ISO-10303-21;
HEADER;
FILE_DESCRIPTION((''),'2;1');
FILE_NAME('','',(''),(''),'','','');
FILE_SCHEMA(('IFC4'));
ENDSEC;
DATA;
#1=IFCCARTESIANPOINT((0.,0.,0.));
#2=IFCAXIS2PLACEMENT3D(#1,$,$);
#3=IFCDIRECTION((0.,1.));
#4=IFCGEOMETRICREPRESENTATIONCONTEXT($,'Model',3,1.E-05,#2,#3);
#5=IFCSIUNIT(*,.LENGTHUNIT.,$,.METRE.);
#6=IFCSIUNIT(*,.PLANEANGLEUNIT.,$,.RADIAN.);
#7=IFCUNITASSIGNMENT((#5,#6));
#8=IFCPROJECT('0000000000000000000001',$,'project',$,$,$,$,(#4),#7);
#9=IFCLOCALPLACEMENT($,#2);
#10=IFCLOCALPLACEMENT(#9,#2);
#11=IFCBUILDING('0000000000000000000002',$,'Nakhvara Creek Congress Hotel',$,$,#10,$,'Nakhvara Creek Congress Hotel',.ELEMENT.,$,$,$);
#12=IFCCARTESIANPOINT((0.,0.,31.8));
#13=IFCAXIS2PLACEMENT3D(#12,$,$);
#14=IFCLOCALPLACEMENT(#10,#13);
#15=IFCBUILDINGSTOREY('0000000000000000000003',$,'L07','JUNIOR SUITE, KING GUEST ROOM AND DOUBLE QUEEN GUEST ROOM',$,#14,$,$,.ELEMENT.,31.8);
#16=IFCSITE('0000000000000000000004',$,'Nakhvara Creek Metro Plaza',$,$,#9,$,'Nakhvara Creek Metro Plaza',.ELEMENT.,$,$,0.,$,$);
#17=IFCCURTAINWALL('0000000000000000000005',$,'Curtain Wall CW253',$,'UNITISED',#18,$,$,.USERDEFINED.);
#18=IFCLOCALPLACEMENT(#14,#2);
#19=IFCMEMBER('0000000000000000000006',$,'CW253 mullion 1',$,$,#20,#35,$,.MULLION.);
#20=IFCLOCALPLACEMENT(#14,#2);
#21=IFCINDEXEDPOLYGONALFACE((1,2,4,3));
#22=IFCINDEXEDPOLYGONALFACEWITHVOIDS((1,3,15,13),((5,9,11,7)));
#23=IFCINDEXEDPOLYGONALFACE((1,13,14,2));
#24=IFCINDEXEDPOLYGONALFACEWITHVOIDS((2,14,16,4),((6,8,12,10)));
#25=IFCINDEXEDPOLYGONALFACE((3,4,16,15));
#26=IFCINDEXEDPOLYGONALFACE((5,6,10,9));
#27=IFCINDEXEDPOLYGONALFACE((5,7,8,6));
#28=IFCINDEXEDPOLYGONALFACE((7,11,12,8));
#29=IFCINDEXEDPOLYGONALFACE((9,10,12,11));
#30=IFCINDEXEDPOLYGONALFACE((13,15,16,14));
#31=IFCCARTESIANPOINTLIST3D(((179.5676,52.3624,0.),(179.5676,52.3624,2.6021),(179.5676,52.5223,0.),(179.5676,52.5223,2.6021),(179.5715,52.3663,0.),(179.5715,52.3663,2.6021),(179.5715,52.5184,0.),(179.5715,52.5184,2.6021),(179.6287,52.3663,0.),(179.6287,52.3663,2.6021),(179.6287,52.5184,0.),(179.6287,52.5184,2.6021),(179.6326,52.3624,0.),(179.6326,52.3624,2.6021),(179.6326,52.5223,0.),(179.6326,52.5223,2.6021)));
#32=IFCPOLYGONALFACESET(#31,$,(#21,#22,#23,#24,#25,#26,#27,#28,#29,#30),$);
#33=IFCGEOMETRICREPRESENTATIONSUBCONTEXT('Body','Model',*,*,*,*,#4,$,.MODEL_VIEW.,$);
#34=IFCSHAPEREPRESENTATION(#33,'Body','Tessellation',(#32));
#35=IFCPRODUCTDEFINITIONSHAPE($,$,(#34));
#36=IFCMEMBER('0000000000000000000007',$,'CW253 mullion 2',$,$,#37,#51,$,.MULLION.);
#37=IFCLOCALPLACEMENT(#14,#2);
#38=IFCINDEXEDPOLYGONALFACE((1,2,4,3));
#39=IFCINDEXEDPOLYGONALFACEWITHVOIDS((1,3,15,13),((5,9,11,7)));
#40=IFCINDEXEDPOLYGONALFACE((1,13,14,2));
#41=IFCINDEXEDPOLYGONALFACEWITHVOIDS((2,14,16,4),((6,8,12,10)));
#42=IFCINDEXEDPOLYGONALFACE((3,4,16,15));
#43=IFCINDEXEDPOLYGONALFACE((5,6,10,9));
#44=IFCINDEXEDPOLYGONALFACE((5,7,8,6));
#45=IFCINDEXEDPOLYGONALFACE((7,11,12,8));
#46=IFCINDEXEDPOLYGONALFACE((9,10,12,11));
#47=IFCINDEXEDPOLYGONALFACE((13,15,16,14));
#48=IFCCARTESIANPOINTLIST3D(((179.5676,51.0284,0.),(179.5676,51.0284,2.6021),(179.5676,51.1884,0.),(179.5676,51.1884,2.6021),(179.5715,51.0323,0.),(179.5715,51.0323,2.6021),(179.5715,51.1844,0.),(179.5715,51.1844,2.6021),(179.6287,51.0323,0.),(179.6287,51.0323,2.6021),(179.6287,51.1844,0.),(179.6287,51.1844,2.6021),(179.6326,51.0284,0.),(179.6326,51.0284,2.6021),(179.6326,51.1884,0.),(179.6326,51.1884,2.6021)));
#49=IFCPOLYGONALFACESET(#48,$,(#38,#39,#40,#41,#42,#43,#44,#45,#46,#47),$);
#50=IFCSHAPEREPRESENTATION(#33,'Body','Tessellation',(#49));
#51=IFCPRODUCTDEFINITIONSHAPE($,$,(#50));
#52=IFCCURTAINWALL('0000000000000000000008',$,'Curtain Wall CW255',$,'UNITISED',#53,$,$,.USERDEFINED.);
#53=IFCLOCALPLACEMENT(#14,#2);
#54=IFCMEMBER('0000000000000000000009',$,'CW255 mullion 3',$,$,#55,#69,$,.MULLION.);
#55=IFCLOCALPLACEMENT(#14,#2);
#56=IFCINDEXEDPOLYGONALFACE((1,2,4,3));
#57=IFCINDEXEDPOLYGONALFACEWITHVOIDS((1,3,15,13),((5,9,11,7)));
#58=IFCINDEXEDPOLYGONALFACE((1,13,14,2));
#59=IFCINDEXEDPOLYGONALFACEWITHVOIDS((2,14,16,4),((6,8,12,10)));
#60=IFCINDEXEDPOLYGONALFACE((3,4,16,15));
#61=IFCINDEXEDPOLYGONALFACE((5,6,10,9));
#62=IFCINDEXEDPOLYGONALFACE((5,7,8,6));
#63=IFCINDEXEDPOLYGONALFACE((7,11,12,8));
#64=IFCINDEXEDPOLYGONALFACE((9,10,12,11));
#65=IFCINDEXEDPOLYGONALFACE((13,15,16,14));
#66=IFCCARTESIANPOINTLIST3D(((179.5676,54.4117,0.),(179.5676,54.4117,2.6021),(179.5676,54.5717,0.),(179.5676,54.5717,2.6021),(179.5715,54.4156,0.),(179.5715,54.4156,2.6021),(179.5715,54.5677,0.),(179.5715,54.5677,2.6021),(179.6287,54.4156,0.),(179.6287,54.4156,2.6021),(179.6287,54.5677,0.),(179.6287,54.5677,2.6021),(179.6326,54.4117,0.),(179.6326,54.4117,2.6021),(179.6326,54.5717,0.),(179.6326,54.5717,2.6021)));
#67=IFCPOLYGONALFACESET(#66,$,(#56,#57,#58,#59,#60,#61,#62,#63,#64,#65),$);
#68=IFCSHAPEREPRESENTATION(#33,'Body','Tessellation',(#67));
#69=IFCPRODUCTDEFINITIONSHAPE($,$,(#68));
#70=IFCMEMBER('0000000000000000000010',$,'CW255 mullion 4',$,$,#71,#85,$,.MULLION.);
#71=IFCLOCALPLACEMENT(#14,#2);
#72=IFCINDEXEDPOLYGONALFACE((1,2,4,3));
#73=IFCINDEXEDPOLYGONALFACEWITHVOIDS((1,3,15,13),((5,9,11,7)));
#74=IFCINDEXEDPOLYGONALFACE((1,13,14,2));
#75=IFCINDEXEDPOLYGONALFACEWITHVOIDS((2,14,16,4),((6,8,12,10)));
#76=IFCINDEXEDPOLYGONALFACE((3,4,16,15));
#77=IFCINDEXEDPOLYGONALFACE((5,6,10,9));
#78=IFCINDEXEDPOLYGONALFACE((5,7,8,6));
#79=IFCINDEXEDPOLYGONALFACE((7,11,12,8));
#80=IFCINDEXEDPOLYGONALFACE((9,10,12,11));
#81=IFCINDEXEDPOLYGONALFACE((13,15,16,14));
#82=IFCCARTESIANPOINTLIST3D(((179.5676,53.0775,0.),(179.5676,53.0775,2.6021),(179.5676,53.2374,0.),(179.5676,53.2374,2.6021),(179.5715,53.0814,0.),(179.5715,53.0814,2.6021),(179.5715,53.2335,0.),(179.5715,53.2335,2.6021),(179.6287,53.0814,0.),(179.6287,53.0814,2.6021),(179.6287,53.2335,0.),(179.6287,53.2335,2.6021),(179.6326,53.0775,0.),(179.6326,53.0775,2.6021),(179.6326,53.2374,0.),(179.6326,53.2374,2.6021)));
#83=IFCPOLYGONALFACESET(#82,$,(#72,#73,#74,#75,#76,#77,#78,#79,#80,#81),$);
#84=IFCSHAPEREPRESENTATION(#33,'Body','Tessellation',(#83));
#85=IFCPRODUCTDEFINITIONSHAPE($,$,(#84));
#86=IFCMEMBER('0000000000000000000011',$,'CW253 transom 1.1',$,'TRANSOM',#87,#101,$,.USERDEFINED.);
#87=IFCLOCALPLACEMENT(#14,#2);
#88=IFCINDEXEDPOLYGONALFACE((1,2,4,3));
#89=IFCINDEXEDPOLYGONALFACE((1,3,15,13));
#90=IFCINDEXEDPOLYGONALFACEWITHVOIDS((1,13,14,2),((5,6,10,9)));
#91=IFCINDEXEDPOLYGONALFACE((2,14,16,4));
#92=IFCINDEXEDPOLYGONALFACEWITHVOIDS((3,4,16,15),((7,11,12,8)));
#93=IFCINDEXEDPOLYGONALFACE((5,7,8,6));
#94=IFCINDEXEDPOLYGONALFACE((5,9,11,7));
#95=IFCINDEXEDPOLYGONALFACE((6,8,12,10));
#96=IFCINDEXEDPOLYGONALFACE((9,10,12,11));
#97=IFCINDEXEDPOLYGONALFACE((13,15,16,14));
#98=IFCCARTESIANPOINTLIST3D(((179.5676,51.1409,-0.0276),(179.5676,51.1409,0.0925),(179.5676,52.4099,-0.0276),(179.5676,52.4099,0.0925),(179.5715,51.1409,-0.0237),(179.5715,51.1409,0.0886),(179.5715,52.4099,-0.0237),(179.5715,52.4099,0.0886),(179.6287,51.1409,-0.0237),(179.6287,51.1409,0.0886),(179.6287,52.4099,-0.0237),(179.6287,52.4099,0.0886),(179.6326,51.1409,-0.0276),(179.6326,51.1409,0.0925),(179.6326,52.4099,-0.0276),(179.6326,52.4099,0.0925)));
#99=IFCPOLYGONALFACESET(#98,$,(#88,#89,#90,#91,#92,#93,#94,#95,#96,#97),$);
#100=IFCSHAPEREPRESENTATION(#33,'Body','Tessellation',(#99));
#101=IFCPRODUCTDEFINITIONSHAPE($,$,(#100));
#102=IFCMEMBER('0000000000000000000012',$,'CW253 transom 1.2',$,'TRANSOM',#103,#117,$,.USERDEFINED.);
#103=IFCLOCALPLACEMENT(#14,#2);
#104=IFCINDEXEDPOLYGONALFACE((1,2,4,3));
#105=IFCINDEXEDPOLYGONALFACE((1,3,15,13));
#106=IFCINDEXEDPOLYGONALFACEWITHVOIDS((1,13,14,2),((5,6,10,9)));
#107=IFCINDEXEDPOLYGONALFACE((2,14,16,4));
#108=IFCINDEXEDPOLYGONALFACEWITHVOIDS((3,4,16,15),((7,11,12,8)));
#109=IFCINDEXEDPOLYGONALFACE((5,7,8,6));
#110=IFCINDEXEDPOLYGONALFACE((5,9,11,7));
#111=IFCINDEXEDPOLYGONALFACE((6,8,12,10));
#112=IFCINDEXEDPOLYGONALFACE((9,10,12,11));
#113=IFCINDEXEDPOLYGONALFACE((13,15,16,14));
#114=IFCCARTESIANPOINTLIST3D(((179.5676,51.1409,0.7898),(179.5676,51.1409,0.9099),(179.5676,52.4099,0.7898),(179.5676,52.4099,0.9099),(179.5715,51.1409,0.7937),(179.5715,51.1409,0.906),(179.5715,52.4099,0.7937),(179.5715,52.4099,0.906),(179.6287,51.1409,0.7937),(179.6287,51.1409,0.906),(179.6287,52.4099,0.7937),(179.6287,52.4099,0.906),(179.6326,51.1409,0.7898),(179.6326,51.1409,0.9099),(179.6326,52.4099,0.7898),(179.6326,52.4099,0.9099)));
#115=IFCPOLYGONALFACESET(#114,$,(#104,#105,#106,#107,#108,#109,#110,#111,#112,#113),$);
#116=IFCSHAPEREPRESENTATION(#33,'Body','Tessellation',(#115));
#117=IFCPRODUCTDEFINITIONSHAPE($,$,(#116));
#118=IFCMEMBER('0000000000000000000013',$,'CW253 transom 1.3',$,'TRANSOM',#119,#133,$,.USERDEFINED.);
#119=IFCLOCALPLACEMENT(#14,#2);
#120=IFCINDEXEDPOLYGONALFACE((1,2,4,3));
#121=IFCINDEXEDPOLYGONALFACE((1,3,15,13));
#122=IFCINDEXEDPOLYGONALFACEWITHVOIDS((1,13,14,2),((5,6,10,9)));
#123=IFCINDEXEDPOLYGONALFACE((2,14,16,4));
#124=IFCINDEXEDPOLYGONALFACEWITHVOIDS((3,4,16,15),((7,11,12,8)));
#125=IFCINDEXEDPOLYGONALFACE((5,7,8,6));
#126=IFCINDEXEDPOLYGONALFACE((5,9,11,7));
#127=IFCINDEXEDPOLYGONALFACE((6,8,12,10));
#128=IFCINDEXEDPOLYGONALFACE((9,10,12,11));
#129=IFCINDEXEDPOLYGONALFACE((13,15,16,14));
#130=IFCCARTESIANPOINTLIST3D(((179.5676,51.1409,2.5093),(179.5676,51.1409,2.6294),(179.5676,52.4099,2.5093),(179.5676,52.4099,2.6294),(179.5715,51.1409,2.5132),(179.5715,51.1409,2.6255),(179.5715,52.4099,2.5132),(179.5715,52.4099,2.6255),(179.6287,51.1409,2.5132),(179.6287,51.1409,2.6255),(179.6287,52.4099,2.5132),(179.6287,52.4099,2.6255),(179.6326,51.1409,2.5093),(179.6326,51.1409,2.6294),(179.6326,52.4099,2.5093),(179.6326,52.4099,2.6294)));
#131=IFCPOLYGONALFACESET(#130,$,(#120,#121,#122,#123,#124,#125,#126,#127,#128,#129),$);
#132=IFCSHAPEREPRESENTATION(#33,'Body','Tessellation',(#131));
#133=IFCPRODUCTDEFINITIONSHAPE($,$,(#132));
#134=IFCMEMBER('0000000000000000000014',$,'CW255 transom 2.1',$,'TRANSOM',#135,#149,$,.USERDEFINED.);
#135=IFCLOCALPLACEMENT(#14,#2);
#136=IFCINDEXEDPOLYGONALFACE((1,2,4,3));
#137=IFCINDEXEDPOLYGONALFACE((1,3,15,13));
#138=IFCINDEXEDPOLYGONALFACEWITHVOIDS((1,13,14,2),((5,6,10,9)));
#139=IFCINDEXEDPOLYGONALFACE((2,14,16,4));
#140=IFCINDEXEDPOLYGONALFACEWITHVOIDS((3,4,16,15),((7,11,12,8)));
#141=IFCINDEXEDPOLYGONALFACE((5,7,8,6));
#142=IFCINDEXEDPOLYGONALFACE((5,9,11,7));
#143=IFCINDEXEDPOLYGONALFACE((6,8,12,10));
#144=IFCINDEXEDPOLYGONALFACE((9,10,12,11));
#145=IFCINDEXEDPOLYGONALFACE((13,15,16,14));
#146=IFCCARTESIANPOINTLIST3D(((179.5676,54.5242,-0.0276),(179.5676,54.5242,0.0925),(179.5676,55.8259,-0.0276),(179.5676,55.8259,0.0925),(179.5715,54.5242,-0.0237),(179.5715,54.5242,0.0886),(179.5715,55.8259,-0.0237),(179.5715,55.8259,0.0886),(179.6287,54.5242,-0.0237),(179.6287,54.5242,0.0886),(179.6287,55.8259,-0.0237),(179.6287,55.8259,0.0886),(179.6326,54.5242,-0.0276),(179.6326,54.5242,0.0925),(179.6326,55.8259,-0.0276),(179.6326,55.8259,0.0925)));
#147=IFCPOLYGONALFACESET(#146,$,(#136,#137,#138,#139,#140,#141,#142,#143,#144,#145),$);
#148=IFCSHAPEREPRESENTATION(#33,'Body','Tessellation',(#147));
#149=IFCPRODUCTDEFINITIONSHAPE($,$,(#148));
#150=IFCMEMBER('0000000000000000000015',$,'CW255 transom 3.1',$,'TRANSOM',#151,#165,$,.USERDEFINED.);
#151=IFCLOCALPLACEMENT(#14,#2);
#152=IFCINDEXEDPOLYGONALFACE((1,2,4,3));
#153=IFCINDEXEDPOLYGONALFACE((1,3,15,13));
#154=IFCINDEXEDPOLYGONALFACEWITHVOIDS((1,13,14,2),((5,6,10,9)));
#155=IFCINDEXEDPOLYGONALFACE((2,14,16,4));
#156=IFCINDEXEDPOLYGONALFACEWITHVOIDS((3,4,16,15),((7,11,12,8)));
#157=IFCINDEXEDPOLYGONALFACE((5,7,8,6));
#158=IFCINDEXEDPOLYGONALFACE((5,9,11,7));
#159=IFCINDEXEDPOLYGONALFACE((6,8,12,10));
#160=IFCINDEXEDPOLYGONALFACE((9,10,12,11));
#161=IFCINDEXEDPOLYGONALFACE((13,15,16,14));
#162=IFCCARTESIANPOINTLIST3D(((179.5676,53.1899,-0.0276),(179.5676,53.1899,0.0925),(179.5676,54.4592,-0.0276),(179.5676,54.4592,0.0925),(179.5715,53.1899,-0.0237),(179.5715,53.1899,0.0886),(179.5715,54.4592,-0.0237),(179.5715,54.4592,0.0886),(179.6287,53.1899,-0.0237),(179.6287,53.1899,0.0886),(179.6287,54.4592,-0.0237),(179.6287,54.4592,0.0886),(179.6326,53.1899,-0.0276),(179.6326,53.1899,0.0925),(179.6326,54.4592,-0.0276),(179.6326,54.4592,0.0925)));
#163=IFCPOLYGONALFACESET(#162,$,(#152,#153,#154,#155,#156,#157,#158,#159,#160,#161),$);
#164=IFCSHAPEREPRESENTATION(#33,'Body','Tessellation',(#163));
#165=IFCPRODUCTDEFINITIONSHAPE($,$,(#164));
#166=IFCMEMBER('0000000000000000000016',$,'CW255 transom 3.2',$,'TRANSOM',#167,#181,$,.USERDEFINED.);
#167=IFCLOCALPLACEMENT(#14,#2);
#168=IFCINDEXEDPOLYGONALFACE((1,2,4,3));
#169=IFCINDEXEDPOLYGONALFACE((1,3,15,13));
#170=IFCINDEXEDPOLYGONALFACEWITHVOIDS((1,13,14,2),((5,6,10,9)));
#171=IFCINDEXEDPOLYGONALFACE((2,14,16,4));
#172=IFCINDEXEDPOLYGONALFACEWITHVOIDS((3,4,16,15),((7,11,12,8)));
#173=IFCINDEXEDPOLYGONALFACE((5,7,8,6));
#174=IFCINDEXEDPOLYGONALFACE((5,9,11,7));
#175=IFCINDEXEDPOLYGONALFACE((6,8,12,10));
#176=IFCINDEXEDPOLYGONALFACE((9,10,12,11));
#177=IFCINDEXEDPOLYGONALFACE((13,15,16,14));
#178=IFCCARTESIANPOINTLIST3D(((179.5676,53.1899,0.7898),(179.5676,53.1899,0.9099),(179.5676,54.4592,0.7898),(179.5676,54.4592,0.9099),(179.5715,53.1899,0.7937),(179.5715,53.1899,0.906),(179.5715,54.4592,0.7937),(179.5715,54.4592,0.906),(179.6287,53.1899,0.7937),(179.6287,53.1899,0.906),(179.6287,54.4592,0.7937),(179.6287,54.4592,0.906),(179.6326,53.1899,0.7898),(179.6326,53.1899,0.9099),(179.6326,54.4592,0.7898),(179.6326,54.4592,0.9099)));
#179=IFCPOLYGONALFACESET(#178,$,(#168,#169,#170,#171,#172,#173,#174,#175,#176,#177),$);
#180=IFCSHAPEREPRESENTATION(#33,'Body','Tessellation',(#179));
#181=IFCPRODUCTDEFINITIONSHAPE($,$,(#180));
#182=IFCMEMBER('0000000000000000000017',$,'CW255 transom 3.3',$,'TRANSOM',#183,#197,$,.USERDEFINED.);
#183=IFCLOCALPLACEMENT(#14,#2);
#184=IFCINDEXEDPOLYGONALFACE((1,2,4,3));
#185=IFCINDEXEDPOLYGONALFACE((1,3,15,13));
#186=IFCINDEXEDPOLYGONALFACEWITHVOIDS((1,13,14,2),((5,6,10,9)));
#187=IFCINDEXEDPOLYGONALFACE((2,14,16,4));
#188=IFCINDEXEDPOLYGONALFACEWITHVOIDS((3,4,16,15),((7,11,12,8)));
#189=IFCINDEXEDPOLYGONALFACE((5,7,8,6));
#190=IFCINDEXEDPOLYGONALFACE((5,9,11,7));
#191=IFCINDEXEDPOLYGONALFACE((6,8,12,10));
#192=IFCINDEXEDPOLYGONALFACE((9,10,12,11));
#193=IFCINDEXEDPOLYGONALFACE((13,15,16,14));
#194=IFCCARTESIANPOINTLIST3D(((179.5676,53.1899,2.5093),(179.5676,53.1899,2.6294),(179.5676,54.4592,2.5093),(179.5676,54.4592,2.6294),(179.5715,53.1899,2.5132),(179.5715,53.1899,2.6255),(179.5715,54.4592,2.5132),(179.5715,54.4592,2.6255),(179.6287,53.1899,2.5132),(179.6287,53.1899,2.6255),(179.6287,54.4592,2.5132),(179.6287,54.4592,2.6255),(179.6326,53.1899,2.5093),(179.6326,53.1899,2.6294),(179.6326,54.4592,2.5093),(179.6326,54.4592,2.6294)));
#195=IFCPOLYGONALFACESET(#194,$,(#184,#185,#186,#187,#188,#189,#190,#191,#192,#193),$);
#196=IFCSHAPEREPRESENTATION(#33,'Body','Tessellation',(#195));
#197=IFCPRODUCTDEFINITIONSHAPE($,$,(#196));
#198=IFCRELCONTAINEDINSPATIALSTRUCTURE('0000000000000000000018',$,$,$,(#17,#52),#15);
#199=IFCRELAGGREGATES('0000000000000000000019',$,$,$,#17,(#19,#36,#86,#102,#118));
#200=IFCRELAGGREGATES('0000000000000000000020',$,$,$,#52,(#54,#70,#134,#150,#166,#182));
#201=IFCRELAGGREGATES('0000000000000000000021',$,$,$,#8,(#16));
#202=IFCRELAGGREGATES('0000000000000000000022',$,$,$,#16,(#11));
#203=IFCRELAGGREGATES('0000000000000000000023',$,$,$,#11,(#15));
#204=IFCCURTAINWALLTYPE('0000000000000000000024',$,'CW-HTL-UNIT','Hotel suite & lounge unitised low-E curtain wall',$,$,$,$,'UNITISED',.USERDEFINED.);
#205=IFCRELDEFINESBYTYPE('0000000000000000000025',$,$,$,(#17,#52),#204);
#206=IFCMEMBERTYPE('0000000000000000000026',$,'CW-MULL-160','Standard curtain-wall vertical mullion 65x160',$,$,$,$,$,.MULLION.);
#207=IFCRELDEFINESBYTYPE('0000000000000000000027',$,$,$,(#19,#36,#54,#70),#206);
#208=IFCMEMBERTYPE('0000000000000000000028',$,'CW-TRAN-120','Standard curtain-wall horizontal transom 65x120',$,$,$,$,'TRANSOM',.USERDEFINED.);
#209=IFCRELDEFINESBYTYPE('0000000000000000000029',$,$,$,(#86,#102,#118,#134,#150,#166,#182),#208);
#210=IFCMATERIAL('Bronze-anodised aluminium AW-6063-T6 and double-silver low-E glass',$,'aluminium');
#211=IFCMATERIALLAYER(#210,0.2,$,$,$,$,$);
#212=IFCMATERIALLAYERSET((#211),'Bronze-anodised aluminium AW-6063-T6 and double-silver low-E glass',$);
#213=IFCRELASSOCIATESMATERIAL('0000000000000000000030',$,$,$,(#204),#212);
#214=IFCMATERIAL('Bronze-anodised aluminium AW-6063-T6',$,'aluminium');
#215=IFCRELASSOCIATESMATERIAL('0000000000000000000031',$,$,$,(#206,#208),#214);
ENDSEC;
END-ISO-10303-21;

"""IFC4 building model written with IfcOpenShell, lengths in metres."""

from ifc_helpers import new_model, si_unit, direction, frame, origin, origin_2d, place, context, subcontext, project, spatial, hollow_rectangle, extrude, material, layer, layer_set, material_profile, profile_set, type_object, element, aggregate, save


model = new_model("IFC4")

# Units and contexts
model_context = context("Model", 3, precision=1e-05, world=origin(), true_north=direction((0.0, 1.0)))
body_context = subcontext(model_context, "Body", "Model", "MODEL_VIEW")
ifc_project = project(units=[si_unit("LENGTHUNIT", "METRE"), si_unit("PLANEANGLEUNIT", "RADIAN")], contexts=[model_context])

# Site, building, storey
site_placement = place(None, origin())
site = spatial("IfcSite", under=ifc_project, at=site_placement, Name="Nakhvara Creek Metro Plaza", LongName="Nakhvara Creek Metro Plaza", CompositionType="ELEMENT", RefElevation=0.0)
building_placement = place(site_placement, origin())
building = spatial("IfcBuilding", under=site, at=building_placement, Name="Nakhvara Creek Congress Hotel", LongName="Nakhvara Creek Congress Hotel", CompositionType="ELEMENT")
storey_placement = place(building_placement, frame((0.0, 0.0, 31.8)))
storey = spatial("IfcBuildingStorey", under=building, at=storey_placement, Name="L07", Description="JUNIOR SUITE, KING GUEST ROOM AND DOUBLE QUEEN GUEST ROOM", CompositionType="ELEMENT", Elevation=31.8)

# Curtain walls, members
ifc_material_1 = material(Name="Bronze-anodised aluminium AW-6063-T6 and double-silver low-E glass", Category="aluminium")
ifc_layer_1 = layer(ifc_material_1, 0.2)
ifc_layer_set_1 = layer_set([ifc_layer_1], Name="Bronze-anodised aluminium AW-6063-T6 and double-silver low-E glass")
curtain_wall_type = type_object("IfcCurtainWallType", Name="CW-HTL-UNIT", Description="Hotel suite & lounge unitised low-E curtain wall", ElementType="UNITISED", PredefinedType="USERDEFINED", material=ifc_layer_set_1)
curtain_wall_1_placement = place(storey_placement, origin())
curtain_wall_1 = element("IfcCurtainWall", 1, at=curtain_wall_1_placement, inside=storey, type_object=curtain_wall_type, Name="Curtain Wall CW253", ObjectType="UNITISED", PredefinedType="USERDEFINED")
ifc_material_2 = material(Name="Bronze-anodised aluminium AW-6063-T6", Category="aluminium")
ifc_material_profile_1 = material_profile(ifc_material_2, hollow_rectangle(XDim=0.0649, YDim=0.1599, WallThickness=0.0039, at=origin_2d()), Name="ALU-MULL 65x160x4", Category="LoadBearing")
ifc_profile_set_1 = profile_set([ifc_material_profile_1], Name="Bronze-anodised aluminium AW-6063-T6")
member_type_1 = type_object("IfcMemberType", Name="CW-MULL-160", Description="Standard curtain-wall vertical mullion 65x160", PredefinedType="MULLION", material=ifc_profile_set_1)
member_1_placement = place(storey_placement, frame((179.6001, 52.4424, 0.0), z_axis=(0.0, 0.0, 1.0), x_axis=(1.0, 0.0, 0.0)))
member_1 = element("IfcMember", 2, at=member_1_placement, type_object=member_type_1, Name="CW253 mullion 1", PredefinedType="MULLION", context=body_context, shape_type="SweptSolid", body=[
    extrude(hollow_rectangle(XDim=0.0649, YDim=0.1599, WallThickness=0.0039, at=origin_2d()), origin(), (0.0, 0.0, 1.0), 2.6021),
])
member_2_placement = place(storey_placement, frame((179.6001, 51.1084, 0.0), z_axis=(0.0, 0.0, 1.0), x_axis=(1.0, 0.0, 0.0)))
member_2 = element("IfcMember", 3, at=member_2_placement, type_object=member_type_1, Name="CW253 mullion 2", PredefinedType="MULLION", context=body_context, shape_type="SweptSolid", body=[
    extrude(hollow_rectangle(XDim=0.0649, YDim=0.1599, WallThickness=0.0039, at=origin_2d()), origin(), (0.0, 0.0, 1.0), 2.6021),
])
curtain_wall_2_placement = place(storey_placement, origin())
curtain_wall_2 = element("IfcCurtainWall", 4, at=curtain_wall_2_placement, inside=storey, type_object=curtain_wall_type, Name="Curtain Wall CW255", ObjectType="UNITISED", PredefinedType="USERDEFINED")
member_3_placement = place(storey_placement, frame((179.6001, 54.4917, 0.0), z_axis=(0.0, 0.0, 1.0), x_axis=(1.0, 0.0, 0.0)))
member_3 = element("IfcMember", 5, at=member_3_placement, type_object=member_type_1, Name="CW255 mullion 3", PredefinedType="MULLION", context=body_context, shape_type="SweptSolid", body=[
    extrude(hollow_rectangle(XDim=0.0649, YDim=0.1599, WallThickness=0.0039, at=origin_2d()), origin(), (0.0, 0.0, 1.0), 2.6021),
])
member_4_placement = place(storey_placement, frame((179.6001, 53.1575, 0.0), z_axis=(0.0, 0.0, 1.0), x_axis=(1.0, 0.0, 0.0)))
member_4 = element("IfcMember", 6, at=member_4_placement, type_object=member_type_1, Name="CW255 mullion 4", PredefinedType="MULLION", context=body_context, shape_type="SweptSolid", body=[
    extrude(hollow_rectangle(XDim=0.0649, YDim=0.1599, WallThickness=0.0039, at=origin_2d()), origin(), (0.0, 0.0, 1.0), 2.6021),
])

# Members
ifc_material_profile_2 = material_profile(ifc_material_2, hollow_rectangle(XDim=0.0649, YDim=0.1201, WallThickness=0.0039, at=origin_2d()), Name="ALU-TRAN 65x120x4", Category="LoadBearing")
ifc_profile_set_2 = profile_set([ifc_material_profile_2], Name="Bronze-anodised aluminium AW-6063-T6")
member_type_2 = type_object("IfcMemberType", Name="CW-TRAN-120", Description="Standard curtain-wall horizontal transom 65x120", ElementType="TRANSOM", PredefinedType="USERDEFINED", material=ifc_profile_set_2)
member_5_placement = place(storey_placement, frame((179.6001, 52.4099, 0.0325), z_axis=(0.0, -1.0, 0.0), x_axis=(1.0, 0.0, 0.0)))
member_5 = element("IfcMember", 7, at=member_5_placement, type_object=member_type_2, Name="CW253 transom 1.1", ObjectType="TRANSOM", PredefinedType="USERDEFINED", context=body_context, shape_type="SweptSolid", body=[
    extrude(hollow_rectangle(XDim=0.0649, YDim=0.1201, WallThickness=0.0039, at=origin_2d()), origin(), (0.0, 0.0, 1.0), 1.269),
])
member_6_placement = place(storey_placement, frame((179.6001, 52.4099, 0.8499), z_axis=(0.0, -1.0, 0.0), x_axis=(1.0, 0.0, 0.0)))
member_6 = element("IfcMember", 8, at=member_6_placement, type_object=member_type_2, Name="CW253 transom 1.2", ObjectType="TRANSOM", PredefinedType="USERDEFINED", context=body_context, shape_type="SweptSolid", body=[
    extrude(hollow_rectangle(XDim=0.0649, YDim=0.1201, WallThickness=0.0039, at=origin_2d()), origin(), (0.0, 0.0, 1.0), 1.269),
])
member_7_placement = place(storey_placement, frame((179.6001, 52.4099, 2.5693), z_axis=(0.0, -1.0, 0.0), x_axis=(1.0, 0.0, 0.0)))
member_7 = element("IfcMember", 9, at=member_7_placement, type_object=member_type_2, Name="CW253 transom 1.3", ObjectType="TRANSOM", PredefinedType="USERDEFINED", context=body_context, shape_type="SweptSolid", body=[
    extrude(hollow_rectangle(XDim=0.0649, YDim=0.1201, WallThickness=0.0039, at=origin_2d()), origin(), (0.0, 0.0, 1.0), 1.269),
])
member_8_placement = place(storey_placement, frame((179.6001, 55.8259, 0.0325), z_axis=(0.0, -1.0, 0.0), x_axis=(1.0, 0.0, 0.0)))
member_8 = element("IfcMember", 10, at=member_8_placement, type_object=member_type_2, Name="CW255 transom 2.1", ObjectType="TRANSOM", PredefinedType="USERDEFINED", context=body_context, shape_type="SweptSolid", body=[
    extrude(hollow_rectangle(XDim=0.0649, YDim=0.1201, WallThickness=0.0039, at=origin_2d()), origin(), (0.0, 0.0, 1.0), 1.3018),
])
member_9_placement = place(storey_placement, frame((179.6001, 54.4592, 0.0325), z_axis=(0.0, -1.0, 0.0), x_axis=(1.0, 0.0, 0.0)))
member_9 = element("IfcMember", 11, at=member_9_placement, type_object=member_type_2, Name="CW255 transom 3.1", ObjectType="TRANSOM", PredefinedType="USERDEFINED", context=body_context, shape_type="SweptSolid", body=[
    extrude(hollow_rectangle(XDim=0.0649, YDim=0.1201, WallThickness=0.0039, at=origin_2d()), origin(), (0.0, 0.0, 1.0), 1.2693),
])
member_10_placement = place(storey_placement, frame((179.6001, 54.4592, 0.8499), z_axis=(0.0, -1.0, 0.0), x_axis=(1.0, 0.0, 0.0)))
member_10 = element("IfcMember", 12, at=member_10_placement, type_object=member_type_2, Name="CW255 transom 3.2", ObjectType="TRANSOM", PredefinedType="USERDEFINED", context=body_context, shape_type="SweptSolid", body=[
    extrude(hollow_rectangle(XDim=0.0649, YDim=0.1201, WallThickness=0.0039, at=origin_2d()), origin(), (0.0, 0.0, 1.0), 1.2693),
])
member_11_placement = place(storey_placement, frame((179.6001, 54.4592, 2.5693), z_axis=(0.0, -1.0, 0.0), x_axis=(1.0, 0.0, 0.0)))
member_11 = element("IfcMember", 13, at=member_11_placement, type_object=member_type_2, Name="CW255 transom 3.3", ObjectType="TRANSOM", PredefinedType="USERDEFINED", context=body_context, shape_type="SweptSolid", body=[
    extrude(hollow_rectangle(XDim=0.0649, YDim=0.1201, WallThickness=0.0039, at=origin_2d()), origin(), (0.0, 0.0, 1.0), 1.2693),
])

aggregate(curtain_wall_1, [member_1, member_2, member_5, member_6, member_7])
aggregate(curtain_wall_2, [member_3, member_4, member_8, member_9, member_10, member_11])

save(model, "model.ifc")
